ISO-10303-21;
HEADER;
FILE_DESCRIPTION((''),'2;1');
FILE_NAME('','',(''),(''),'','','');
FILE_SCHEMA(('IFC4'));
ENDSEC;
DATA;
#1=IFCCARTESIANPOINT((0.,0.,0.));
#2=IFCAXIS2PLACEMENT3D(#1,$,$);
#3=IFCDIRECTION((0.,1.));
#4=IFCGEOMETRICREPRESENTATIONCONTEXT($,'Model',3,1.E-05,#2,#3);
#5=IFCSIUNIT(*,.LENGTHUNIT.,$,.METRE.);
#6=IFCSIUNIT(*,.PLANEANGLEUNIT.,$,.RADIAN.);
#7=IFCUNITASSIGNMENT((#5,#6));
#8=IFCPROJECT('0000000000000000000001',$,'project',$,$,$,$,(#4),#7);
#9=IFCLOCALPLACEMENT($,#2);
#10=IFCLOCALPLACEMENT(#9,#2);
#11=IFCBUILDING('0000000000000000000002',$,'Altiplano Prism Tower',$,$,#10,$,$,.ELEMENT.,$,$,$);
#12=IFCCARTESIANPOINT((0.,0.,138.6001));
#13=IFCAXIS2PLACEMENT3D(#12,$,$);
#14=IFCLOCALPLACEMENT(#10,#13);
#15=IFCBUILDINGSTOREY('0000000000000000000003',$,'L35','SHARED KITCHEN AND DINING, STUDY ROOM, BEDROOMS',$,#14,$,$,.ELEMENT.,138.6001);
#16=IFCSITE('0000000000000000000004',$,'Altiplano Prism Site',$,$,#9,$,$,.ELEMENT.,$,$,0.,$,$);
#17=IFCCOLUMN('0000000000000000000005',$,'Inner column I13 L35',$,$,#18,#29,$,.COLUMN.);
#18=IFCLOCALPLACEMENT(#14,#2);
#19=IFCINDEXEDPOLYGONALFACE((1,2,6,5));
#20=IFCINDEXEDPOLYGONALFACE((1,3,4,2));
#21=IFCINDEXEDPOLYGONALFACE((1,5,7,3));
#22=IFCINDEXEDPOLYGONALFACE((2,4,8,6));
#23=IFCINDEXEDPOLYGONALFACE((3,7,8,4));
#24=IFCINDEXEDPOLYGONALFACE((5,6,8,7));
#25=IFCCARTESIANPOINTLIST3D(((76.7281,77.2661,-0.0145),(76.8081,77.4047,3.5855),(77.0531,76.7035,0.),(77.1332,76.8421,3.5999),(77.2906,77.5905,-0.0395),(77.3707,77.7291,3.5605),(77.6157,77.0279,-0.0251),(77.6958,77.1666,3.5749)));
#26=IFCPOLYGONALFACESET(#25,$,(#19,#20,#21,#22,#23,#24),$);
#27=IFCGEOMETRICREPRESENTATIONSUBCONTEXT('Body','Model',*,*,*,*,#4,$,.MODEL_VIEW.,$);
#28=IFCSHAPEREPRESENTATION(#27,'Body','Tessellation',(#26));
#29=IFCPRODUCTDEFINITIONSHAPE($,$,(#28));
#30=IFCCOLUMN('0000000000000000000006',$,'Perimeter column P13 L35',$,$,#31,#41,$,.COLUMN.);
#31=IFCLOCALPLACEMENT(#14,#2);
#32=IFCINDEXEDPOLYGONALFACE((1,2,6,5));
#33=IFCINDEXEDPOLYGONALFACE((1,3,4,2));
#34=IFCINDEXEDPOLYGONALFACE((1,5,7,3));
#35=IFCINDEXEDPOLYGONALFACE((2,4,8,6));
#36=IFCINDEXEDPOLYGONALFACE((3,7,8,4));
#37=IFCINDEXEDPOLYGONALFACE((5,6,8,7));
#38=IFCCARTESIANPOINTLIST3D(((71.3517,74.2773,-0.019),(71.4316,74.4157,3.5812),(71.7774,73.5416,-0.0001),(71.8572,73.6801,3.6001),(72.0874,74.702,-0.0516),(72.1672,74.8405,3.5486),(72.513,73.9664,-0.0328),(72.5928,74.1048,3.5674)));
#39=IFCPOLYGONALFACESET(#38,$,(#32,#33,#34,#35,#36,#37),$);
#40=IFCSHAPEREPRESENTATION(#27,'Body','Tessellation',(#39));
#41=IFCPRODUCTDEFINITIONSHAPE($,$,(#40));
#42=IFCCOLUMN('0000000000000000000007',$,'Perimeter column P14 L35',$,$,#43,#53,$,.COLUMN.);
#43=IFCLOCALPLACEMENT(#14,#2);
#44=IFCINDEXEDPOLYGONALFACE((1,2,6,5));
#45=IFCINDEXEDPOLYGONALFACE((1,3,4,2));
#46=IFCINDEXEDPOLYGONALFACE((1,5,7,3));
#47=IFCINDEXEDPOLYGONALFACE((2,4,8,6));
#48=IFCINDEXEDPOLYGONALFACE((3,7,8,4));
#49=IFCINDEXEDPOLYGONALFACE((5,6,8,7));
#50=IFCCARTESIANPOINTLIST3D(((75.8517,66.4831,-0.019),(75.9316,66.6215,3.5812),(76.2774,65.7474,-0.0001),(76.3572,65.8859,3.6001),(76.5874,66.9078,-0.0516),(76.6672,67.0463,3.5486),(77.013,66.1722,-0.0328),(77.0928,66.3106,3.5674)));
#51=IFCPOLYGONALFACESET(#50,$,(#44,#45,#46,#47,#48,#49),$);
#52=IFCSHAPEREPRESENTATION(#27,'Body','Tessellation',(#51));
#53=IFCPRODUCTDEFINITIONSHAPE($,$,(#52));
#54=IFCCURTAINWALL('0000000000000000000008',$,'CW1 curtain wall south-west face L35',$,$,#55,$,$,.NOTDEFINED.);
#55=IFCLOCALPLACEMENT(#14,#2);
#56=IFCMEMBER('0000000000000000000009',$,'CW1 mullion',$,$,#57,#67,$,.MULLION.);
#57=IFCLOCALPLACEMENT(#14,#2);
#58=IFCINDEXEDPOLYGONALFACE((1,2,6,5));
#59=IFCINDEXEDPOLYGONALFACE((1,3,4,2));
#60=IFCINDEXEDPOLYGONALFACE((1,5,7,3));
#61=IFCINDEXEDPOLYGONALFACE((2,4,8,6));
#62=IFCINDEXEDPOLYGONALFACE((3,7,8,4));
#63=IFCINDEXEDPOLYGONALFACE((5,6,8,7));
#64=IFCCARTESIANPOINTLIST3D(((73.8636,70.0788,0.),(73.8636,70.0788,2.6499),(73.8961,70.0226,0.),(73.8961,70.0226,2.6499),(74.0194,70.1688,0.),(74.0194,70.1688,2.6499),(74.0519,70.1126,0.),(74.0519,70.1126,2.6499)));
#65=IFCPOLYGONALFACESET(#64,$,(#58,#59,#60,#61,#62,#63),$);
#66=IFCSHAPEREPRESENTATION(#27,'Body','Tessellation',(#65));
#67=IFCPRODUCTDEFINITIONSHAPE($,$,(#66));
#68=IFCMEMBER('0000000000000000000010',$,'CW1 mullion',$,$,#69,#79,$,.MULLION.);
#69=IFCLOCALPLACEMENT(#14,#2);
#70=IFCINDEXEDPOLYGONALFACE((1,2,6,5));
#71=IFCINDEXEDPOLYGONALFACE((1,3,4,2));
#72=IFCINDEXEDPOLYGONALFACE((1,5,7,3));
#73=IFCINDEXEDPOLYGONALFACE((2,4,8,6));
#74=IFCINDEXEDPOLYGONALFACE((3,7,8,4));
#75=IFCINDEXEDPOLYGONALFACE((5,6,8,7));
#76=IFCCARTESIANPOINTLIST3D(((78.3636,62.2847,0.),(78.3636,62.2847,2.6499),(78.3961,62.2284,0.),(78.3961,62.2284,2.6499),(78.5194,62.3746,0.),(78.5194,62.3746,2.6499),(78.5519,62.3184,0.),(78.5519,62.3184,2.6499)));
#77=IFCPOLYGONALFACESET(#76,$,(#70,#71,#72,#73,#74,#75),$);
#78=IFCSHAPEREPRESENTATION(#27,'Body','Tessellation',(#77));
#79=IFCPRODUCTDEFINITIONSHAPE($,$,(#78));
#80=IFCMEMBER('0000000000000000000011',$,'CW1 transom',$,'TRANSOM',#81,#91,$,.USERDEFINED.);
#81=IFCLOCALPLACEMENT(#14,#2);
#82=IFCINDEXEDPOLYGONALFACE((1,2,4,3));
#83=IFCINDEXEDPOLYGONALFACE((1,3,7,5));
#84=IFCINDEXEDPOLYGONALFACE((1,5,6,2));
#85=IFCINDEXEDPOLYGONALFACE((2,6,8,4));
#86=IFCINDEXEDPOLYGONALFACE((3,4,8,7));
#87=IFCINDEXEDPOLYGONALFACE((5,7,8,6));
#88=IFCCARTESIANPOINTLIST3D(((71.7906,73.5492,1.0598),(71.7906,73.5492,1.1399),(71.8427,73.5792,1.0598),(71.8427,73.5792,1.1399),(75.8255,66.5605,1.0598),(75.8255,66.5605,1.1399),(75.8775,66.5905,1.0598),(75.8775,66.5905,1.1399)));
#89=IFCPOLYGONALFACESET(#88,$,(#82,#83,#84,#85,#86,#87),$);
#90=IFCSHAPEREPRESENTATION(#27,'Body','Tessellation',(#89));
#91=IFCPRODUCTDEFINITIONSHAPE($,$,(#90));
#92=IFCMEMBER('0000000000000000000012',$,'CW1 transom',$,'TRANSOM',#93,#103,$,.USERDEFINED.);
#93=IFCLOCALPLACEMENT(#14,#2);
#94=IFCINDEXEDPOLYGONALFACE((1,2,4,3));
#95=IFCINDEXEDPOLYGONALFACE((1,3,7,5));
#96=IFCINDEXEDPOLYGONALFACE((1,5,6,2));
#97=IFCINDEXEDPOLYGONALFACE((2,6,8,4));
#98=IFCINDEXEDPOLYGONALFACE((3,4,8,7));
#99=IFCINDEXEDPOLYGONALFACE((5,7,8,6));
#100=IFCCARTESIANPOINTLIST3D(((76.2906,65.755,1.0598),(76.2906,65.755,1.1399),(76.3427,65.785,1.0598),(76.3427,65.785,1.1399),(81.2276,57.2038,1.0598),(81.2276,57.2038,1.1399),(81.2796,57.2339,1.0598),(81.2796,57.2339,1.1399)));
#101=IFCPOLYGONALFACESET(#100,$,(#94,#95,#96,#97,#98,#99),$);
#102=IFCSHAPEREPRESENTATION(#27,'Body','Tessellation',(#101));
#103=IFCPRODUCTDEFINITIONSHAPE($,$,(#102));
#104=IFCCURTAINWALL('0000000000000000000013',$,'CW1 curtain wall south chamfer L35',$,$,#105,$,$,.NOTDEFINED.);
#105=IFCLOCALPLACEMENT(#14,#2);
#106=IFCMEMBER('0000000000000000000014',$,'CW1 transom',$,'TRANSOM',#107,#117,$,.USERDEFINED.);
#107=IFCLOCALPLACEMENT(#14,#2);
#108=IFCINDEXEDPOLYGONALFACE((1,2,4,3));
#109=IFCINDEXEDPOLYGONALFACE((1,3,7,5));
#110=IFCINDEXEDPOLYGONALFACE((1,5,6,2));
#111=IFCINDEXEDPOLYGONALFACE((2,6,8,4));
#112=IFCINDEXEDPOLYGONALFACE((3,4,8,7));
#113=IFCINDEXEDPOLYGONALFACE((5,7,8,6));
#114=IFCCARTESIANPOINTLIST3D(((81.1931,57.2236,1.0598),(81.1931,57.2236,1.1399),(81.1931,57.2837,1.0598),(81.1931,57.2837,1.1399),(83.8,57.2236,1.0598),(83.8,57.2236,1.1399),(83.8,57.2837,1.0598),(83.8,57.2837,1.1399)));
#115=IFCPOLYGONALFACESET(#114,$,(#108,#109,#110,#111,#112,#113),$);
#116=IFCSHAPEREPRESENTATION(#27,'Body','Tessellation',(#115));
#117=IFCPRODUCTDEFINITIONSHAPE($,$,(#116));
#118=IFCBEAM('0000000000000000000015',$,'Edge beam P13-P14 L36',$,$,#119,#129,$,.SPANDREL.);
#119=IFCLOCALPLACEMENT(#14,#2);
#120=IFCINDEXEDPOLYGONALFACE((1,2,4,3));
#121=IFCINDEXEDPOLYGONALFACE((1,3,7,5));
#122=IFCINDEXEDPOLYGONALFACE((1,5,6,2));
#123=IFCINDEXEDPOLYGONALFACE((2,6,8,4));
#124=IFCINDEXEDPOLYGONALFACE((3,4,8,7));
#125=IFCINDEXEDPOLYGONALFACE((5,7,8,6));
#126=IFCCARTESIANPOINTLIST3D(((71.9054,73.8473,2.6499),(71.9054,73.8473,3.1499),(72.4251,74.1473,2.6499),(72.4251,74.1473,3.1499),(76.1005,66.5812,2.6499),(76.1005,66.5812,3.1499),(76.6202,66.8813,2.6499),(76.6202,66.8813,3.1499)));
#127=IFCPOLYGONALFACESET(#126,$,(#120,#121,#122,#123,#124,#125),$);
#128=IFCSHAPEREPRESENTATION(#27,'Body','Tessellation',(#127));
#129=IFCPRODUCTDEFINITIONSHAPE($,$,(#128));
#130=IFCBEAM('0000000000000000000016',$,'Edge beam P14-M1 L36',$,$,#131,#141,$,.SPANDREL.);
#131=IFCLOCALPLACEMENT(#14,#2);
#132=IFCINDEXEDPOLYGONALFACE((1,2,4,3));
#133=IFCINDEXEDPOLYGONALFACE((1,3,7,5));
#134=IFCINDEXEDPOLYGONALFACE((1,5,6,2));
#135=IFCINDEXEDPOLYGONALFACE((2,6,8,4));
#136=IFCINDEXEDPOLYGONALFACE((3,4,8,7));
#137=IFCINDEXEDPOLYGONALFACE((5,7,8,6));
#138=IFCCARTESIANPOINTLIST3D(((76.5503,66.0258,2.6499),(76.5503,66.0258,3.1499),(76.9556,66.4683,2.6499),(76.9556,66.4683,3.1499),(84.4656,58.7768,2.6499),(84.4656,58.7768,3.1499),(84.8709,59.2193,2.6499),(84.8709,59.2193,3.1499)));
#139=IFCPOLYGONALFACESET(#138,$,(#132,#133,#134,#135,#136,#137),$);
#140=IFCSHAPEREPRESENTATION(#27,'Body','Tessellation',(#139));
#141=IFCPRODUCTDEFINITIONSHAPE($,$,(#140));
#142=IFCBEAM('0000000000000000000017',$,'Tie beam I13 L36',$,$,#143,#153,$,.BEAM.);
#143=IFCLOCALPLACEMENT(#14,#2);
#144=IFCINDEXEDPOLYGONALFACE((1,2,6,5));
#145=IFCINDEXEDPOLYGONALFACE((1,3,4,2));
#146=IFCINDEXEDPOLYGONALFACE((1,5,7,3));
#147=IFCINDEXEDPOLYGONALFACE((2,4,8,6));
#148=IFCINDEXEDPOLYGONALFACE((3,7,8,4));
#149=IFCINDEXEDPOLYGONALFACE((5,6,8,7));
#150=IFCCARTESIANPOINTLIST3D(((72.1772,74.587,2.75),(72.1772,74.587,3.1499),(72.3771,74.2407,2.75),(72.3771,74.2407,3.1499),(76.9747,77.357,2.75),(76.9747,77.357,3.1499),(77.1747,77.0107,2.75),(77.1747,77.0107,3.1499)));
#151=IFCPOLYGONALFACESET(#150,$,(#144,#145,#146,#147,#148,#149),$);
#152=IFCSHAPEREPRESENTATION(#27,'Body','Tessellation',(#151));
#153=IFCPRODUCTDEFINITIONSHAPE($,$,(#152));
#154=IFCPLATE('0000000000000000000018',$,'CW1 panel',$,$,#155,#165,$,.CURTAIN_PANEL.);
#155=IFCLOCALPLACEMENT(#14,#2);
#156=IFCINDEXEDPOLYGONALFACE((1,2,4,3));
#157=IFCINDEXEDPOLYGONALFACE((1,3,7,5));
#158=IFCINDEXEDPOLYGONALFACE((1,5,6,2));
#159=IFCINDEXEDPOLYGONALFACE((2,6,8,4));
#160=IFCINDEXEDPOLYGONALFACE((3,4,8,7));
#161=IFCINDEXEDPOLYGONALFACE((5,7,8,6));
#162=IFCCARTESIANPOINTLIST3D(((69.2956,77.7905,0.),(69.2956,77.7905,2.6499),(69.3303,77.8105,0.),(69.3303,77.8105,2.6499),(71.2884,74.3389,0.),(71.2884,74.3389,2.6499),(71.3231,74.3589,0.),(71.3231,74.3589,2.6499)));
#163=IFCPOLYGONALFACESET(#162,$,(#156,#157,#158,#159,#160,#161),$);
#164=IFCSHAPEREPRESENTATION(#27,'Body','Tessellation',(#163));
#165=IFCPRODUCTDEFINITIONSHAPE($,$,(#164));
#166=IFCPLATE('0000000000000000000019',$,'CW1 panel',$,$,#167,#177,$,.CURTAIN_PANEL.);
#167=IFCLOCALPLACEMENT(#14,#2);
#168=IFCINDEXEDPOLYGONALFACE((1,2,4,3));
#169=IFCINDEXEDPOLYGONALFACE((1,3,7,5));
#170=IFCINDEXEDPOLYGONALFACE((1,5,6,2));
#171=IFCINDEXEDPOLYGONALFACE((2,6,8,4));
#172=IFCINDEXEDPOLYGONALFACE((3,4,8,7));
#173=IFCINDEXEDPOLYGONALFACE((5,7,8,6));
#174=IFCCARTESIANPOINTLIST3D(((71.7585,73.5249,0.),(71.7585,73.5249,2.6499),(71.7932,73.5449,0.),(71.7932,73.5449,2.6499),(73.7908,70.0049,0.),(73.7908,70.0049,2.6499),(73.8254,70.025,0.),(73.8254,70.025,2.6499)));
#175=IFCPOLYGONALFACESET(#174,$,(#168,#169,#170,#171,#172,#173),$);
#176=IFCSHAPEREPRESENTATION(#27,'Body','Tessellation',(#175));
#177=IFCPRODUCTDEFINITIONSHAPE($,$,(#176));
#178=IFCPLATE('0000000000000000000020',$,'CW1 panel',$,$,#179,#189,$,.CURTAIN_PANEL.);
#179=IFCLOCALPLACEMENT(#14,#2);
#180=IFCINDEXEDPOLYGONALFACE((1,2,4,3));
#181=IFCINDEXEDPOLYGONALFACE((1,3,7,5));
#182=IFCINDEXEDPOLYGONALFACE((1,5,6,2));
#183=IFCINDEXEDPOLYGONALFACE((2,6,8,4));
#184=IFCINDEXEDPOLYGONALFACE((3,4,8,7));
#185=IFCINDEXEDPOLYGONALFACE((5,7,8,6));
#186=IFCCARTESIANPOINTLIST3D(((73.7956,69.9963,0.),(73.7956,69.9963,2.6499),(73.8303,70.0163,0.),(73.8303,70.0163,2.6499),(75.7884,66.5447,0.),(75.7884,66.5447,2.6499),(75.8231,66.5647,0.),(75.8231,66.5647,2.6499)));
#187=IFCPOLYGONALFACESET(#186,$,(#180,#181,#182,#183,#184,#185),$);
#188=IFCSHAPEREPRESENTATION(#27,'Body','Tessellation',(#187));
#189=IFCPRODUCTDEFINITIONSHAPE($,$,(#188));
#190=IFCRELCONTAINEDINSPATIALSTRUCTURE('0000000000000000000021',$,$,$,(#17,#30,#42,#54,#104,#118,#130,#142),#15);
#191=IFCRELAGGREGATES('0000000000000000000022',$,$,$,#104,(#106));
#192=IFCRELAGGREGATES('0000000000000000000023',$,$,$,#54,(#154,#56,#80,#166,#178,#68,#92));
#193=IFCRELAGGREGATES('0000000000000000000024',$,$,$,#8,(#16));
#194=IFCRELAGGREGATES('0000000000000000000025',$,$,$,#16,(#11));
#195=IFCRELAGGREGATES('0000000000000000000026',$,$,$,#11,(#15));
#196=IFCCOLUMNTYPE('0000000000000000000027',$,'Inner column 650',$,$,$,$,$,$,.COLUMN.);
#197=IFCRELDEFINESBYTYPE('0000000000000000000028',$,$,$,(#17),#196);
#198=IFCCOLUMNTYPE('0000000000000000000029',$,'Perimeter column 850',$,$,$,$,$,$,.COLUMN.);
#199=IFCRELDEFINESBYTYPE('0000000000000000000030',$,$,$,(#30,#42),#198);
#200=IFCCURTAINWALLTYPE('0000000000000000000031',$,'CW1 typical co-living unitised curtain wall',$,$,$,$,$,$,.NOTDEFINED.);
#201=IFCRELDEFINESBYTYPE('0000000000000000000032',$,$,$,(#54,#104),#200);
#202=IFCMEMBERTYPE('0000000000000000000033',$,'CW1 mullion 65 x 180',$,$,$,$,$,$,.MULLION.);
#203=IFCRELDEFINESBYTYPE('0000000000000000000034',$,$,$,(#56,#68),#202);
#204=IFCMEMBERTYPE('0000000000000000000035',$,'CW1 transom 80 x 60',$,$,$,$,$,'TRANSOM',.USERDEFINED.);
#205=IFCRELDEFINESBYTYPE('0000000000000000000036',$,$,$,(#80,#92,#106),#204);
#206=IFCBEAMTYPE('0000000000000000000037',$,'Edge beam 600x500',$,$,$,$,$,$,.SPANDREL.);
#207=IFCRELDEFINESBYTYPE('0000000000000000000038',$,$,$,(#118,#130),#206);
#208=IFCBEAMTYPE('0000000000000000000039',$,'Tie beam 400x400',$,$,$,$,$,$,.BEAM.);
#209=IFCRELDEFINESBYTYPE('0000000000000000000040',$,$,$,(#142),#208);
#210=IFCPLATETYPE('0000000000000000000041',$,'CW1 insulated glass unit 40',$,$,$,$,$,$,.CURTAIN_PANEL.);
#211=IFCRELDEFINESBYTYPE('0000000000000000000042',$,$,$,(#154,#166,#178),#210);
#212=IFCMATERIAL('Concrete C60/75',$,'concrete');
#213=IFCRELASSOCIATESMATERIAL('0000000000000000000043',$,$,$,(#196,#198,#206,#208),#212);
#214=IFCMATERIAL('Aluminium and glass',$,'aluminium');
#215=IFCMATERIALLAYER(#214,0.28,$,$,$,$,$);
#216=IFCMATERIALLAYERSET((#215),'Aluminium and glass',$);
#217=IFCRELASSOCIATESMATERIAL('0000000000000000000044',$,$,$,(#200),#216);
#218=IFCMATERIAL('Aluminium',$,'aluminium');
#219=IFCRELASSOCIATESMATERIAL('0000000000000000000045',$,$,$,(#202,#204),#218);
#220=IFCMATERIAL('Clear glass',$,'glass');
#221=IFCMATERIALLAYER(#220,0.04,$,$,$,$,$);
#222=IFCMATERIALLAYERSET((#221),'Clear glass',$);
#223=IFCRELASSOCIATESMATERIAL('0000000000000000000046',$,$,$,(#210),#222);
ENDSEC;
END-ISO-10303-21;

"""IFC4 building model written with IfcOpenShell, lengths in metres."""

from ifc_helpers import new_model, si_unit, direction, frame, origin, origin_2d, place, context, subcontext, project, spatial, rectangle, extrude, material, layer, layer_set, material_profile, profile_set, type_object, element, aggregate, save


model = new_model("IFC4")

# Units and contexts
model_context = context("Model", 3, precision=1e-05, world=origin(), true_north=direction((0.0, 1.0)))
body_context = subcontext(model_context, "Body", "Model", "MODEL_VIEW")
ifc_project = project(units=[si_unit("LENGTHUNIT", "METRE"), si_unit("PLANEANGLEUNIT", "RADIAN")], contexts=[model_context])

# Site, building, storey
site_placement = place(None, origin())
site = spatial("IfcSite", under=ifc_project, at=site_placement, Name="Altiplano Prism Site", CompositionType="ELEMENT", RefElevation=0.0)
building_placement = place(site_placement, origin())
building = spatial("IfcBuilding", under=site, at=building_placement, Name="Altiplano Prism Tower", CompositionType="ELEMENT")
storey_placement = place(building_placement, frame((0.0, 0.0, 138.6001)))
storey = spatial("IfcBuildingStorey", under=building, at=storey_placement, Name="L35", Description="SHARED KITCHEN AND DINING, STUDY ROOM, BEDROOMS", CompositionType="ELEMENT", Elevation=138.6001)

# Columns
ifc_material_1 = material(Name="Concrete C60/75", Category="concrete")
ifc_material_profile_1 = material_profile(ifc_material_1, rectangle(XDim=0.6499, YDim=0.6499, at=origin_2d()), Name="Inner column 650")
ifc_profile_set_1 = profile_set([ifc_material_profile_1], Name="Concrete C60/75")
column_type_1 = type_object("IfcColumnType", Name="Inner column 650", PredefinedType="COLUMN", material=ifc_profile_set_1)
column_placement = place(storey_placement, frame((77.1719, 77.147, -0.0198), z_axis=(0.022223, 0.038483, 0.999012), x_axis=(-0.865641, -0.499184, 0.038485)))
element("IfcColumn", 1, at=column_placement, inside=storey, type_object=column_type_1, Name="Inner column I13 L35", PredefinedType="COLUMN", context=body_context, shape_type="SweptSolid", body=[
    extrude(rectangle(XDim=0.6499, YDim=0.6499, at=origin_2d()), origin(), (0.0, 0.0, 1.0), 3.6035),
])
ifc_material_profile_2 = material_profile(ifc_material_1, rectangle(XDim=0.8501, YDim=0.8501, at=origin_2d()), Name="Perimeter column 850")
ifc_profile_set_2 = profile_set([ifc_material_profile_2], Name="Concrete C60/75")
column_type_2 = type_object("IfcColumnType", Name="Perimeter column 850", PredefinedType="COLUMN", material=ifc_profile_set_2)
for number, where, z_axis, x_axis, name in (
    (2, (71.9324, 74.1218, -0.0259), (0.022154, 0.038413, 0.999016), (-0.865364, -0.499671, 0.038403), "Perimeter column P13 L35"),
    (3, (76.4324, 66.3276, -0.0259), (0.022154, 0.038413, 0.999016), (-0.865364, -0.499671, 0.038403), "Perimeter column P14 L35"),
):
    element("IfcColumn", number, at=place(storey_placement, frame(where, z_axis=z_axis, x_axis=x_axis)), inside=storey, type_object=column_type_2, Name=name, PredefinedType="COLUMN", context=body_context, shape_type="SweptSolid", body=[
        extrude(rectangle(XDim=0.8501, YDim=0.8501, at=origin_2d()), origin(), (0.0, 0.0, 1.0), 3.6038),
    ])

# Curtain wall, members
ifc_material_2 = material(Name="Aluminium and glass", Category="aluminium")
ifc_layer_1 = layer(ifc_material_2, 0.28)
ifc_layer_set_1 = layer_set([ifc_layer_1], Name="Aluminium and glass")
curtain_wall_type = type_object("IfcCurtainWallType", Name="CW1 typical co-living unitised curtain wall", PredefinedType="NOTDEFINED", material=ifc_layer_set_1)
curtain_wall_1_placement = place(storey_placement, origin())
curtain_wall_1 = element("IfcCurtainWall", 4, at=curtain_wall_1_placement, inside=storey, type_object=curtain_wall_type, Name="CW1 curtain wall south-west face L35", PredefinedType="NOTDEFINED")
ifc_material_3 = material(Name="Aluminium", Category="aluminium")
ifc_material_profile_3 = material_profile(ifc_material_3, rectangle(XDim=0.1799, YDim=0.0649, at=origin_2d()), Name="CW1 mullion 65 x 180")
ifc_profile_set_3 = profile_set([ifc_material_profile_3], Name="Aluminium")
member_type_1 = type_object("IfcMemberType", Name="CW1 mullion 65 x 180", PredefinedType="MULLION", material=ifc_profile_set_3)
member_1_placement = place(storey_placement, frame((73.9578, 70.0957, 0.0), z_axis=(0.0, 0.0, 1.0), x_axis=(0.866025, 0.5, 0.0)))
member_1 = element("IfcMember", 5, at=member_1_placement, type_object=member_type_1, Name="CW1 mullion", PredefinedType="MULLION", context=body_context, shape_type="SweptSolid", body=[
    extrude(rectangle(XDim=0.1799, YDim=0.0649, at=origin_2d()), origin(), (0.0, 0.0, 1.0), 2.6499),
])
member_2_placement = place(storey_placement, frame((78.4578, 62.3015, 0.0), z_axis=(0.0, 0.0, 1.0), x_axis=(0.866025, 0.5, 0.0)))
member_2 = element("IfcMember", 6, at=member_2_placement, type_object=member_type_1, Name="CW1 mullion", PredefinedType="MULLION", context=body_context, shape_type="SweptSolid", body=[
    extrude(rectangle(XDim=0.1799, YDim=0.0649, at=origin_2d()), origin(), (0.0, 0.0, 1.0), 2.6499),
])
ifc_material_profile_4 = material_profile(ifc_material_3, rectangle(XDim=0.0601, YDim=0.0801, at=origin_2d()), Name="CW1 transom 80 x 60")
ifc_profile_set_4 = profile_set([ifc_material_profile_4], Name="Aluminium")
member_type_2 = type_object("IfcMemberType", Name="CW1 transom 80 x 60", ElementType="TRANSOM", PredefinedType="USERDEFINED", material=ifc_profile_set_4)
member_3_placement = place(storey_placement, frame((71.8167, 73.5642, 1.0999), z_axis=(0.499995, -0.866028, 0.0), x_axis=(0.866028, 0.499995, 0.0)))
member_3 = element("IfcMember", 7, at=member_3_placement, type_object=member_type_2, Name="CW1 transom", ObjectType="TRANSOM", PredefinedType="USERDEFINED", context=body_context, shape_type="SweptSolid", body=[
    extrude(rectangle(XDim=0.0601, YDim=0.0801, at=origin_2d()), origin(), (0.0, 0.0, 1.0), 8.0698),
])
member_4_placement = place(storey_placement, frame((76.3167, 65.77, 1.0999), z_axis=(0.499995, -0.866028, 0.0), x_axis=(0.866028, 0.499995, 0.0)))
member_4 = element("IfcMember", 8, at=member_4_placement, type_object=member_type_2, Name="CW1 transom", ObjectType="TRANSOM", PredefinedType="USERDEFINED", context=body_context, shape_type="SweptSolid", body=[
    extrude(rectangle(XDim=0.0601, YDim=0.0801, at=origin_2d()), origin(), (0.0, 0.0, 1.0), 9.874),
])

# Curtain wall, member
curtain_wall_2_placement = place(storey_placement, origin())
curtain_wall_2 = element("IfcCurtainWall", 9, at=curtain_wall_2_placement, inside=storey, type_object=curtain_wall_type, Name="CW1 curtain wall south chamfer L35", PredefinedType="NOTDEFINED")
member_5_placement = place(storey_placement, frame((81.1931, 57.2537, 1.0999), z_axis=(1.0, 0.0, 0.0), x_axis=(0.0, 1.0, 0.0)))
member_5 = element("IfcMember", 10, at=member_5_placement, type_object=member_type_2, Name="CW1 transom", ObjectType="TRANSOM", PredefinedType="USERDEFINED", context=body_context, shape_type="SweptSolid", body=[
    extrude(rectangle(XDim=0.0601, YDim=0.0801, at=origin_2d()), origin(), (0.0, 0.0, 1.0), 2.6069),
])
aggregate(curtain_wall_2, [member_5])

# Beams
ifc_material_profile_5 = material_profile(ifc_material_1, rectangle(XDim=0.6001, YDim=0.5, at=origin_2d()), Name="Edge beam 600x500")
ifc_profile_set_5 = profile_set([ifc_material_profile_5], Name="Concrete C60/75")
beam_type_1 = type_object("IfcBeamType", Name="Edge beam 600x500", PredefinedType="SPANDREL", material=ifc_profile_set_5)
beam_1_placement = place(storey_placement, frame((72.1653, 73.9973, 2.8999), z_axis=(0.499998, -0.866027, 0.0), x_axis=(0.866027, 0.499998, 0.0)))
element("IfcBeam", 11, at=beam_1_placement, inside=storey, type_object=beam_type_1, Name="Edge beam P13-P14 L36", PredefinedType="SPANDREL", context=body_context, shape_type="SweptSolid", body=[
    extrude(rectangle(XDim=0.6001, YDim=0.5, at=origin_2d()), origin(), (0.0, 0.0, 1.0), 8.3901),
])
beam_2_placement = place(storey_placement, frame((76.7529, 66.2471, 2.8999), z_axis=(0.737463, -0.675388, 0.0), x_axis=(0.675388, 0.737463, 0.0)))
element("IfcBeam", 12, at=beam_2_placement, inside=storey, type_object=beam_type_1, Name="Edge beam P14-M1 L36", PredefinedType="SPANDREL", context=body_context, shape_type="SweptSolid", body=[
    extrude(rectangle(XDim=0.6001, YDim=0.5, at=origin_2d()), origin(), (0.0, 0.0, 1.0), 10.7332),
])
ifc_material_profile_6 = material_profile(ifc_material_1, rectangle(XDim=0.3999, YDim=0.3999, at=origin_2d()), Name="Tie beam 400x400")
ifc_profile_set_6 = profile_set([ifc_material_profile_6], Name="Concrete C60/75")
beam_type_2 = type_object("IfcBeamType", Name="Tie beam 400x400", PredefinedType="BEAM", material=ifc_profile_set_6)
beam_3_placement = place(storey_placement, frame((77.0747, 77.1838, 2.95), z_axis=(-0.866016, -0.500016, 0.0), x_axis=(0.500016, -0.866016, 0.0)))
element("IfcBeam", 13, at=beam_3_placement, inside=storey, type_object=beam_type_2, Name="Tie beam I13 L36", PredefinedType="BEAM", context=body_context, shape_type="SweptSolid", body=[
    extrude(rectangle(XDim=0.3999, YDim=0.3999, at=origin_2d()), origin(), (0.0, 0.0, 1.0), 5.5398),
])

# Plates
ifc_material_4 = material(Name="Clear glass", Category="glass")
ifc_layer_2 = layer(ifc_material_4, 0.04)
ifc_layer_set_2 = layer_set([ifc_layer_2], Name="Clear glass")
plate_type = type_object("IfcPlateType", Name="CW1 insulated glass unit 40", PredefinedType="CURTAIN_PANEL", material=ifc_layer_set_2)
plate_1_placement = place(storey_placement, frame((70.3093, 76.0747, 0.0), z_axis=(0.0, 0.0, 1.0), x_axis=(0.5, -0.866025, 0.0)))
plate_1 = element("IfcPlate", 14, at=plate_1_placement, type_object=plate_type, Name="CW1 panel", PredefinedType="CURTAIN_PANEL", context=body_context, shape_type="SweptSolid", body=[
    extrude(rectangle(XDim=3.9856, YDim=0.04, at=origin_2d()), origin(), (0.0, 0.0, 1.0), 2.6499),
])
plate_2_placement = place(storey_placement, frame((72.792, 71.7749, 0.0), z_axis=(0.0, 0.0, 1.0), x_axis=(0.5, -0.866025, 0.0)))
plate_2 = element("IfcPlate", 15, at=plate_2_placement, type_object=plate_type, Name="CW1 panel", PredefinedType="CURTAIN_PANEL", context=body_context, shape_type="SweptSolid", body=[
    extrude(rectangle(XDim=4.0645, YDim=0.04, at=origin_2d()), origin(), (0.0, 0.0, 1.0), 2.6499),
])
plate_3_placement = place(storey_placement, frame((74.8093, 68.2805, 0.0), z_axis=(0.0, 0.0, 1.0), x_axis=(0.5, -0.866025, 0.0)))
plate_3 = element("IfcPlate", 16, at=plate_3_placement, type_object=plate_type, Name="CW1 panel", PredefinedType="CURTAIN_PANEL", context=body_context, shape_type="SweptSolid", body=[
    extrude(rectangle(XDim=3.9856, YDim=0.04, at=origin_2d()), origin(), (0.0, 0.0, 1.0), 2.6499),
])
aggregate(curtain_wall_1, [plate_1, member_1, member_3, plate_2, plate_3, member_2, member_4])

save(model, "model.ifc")
